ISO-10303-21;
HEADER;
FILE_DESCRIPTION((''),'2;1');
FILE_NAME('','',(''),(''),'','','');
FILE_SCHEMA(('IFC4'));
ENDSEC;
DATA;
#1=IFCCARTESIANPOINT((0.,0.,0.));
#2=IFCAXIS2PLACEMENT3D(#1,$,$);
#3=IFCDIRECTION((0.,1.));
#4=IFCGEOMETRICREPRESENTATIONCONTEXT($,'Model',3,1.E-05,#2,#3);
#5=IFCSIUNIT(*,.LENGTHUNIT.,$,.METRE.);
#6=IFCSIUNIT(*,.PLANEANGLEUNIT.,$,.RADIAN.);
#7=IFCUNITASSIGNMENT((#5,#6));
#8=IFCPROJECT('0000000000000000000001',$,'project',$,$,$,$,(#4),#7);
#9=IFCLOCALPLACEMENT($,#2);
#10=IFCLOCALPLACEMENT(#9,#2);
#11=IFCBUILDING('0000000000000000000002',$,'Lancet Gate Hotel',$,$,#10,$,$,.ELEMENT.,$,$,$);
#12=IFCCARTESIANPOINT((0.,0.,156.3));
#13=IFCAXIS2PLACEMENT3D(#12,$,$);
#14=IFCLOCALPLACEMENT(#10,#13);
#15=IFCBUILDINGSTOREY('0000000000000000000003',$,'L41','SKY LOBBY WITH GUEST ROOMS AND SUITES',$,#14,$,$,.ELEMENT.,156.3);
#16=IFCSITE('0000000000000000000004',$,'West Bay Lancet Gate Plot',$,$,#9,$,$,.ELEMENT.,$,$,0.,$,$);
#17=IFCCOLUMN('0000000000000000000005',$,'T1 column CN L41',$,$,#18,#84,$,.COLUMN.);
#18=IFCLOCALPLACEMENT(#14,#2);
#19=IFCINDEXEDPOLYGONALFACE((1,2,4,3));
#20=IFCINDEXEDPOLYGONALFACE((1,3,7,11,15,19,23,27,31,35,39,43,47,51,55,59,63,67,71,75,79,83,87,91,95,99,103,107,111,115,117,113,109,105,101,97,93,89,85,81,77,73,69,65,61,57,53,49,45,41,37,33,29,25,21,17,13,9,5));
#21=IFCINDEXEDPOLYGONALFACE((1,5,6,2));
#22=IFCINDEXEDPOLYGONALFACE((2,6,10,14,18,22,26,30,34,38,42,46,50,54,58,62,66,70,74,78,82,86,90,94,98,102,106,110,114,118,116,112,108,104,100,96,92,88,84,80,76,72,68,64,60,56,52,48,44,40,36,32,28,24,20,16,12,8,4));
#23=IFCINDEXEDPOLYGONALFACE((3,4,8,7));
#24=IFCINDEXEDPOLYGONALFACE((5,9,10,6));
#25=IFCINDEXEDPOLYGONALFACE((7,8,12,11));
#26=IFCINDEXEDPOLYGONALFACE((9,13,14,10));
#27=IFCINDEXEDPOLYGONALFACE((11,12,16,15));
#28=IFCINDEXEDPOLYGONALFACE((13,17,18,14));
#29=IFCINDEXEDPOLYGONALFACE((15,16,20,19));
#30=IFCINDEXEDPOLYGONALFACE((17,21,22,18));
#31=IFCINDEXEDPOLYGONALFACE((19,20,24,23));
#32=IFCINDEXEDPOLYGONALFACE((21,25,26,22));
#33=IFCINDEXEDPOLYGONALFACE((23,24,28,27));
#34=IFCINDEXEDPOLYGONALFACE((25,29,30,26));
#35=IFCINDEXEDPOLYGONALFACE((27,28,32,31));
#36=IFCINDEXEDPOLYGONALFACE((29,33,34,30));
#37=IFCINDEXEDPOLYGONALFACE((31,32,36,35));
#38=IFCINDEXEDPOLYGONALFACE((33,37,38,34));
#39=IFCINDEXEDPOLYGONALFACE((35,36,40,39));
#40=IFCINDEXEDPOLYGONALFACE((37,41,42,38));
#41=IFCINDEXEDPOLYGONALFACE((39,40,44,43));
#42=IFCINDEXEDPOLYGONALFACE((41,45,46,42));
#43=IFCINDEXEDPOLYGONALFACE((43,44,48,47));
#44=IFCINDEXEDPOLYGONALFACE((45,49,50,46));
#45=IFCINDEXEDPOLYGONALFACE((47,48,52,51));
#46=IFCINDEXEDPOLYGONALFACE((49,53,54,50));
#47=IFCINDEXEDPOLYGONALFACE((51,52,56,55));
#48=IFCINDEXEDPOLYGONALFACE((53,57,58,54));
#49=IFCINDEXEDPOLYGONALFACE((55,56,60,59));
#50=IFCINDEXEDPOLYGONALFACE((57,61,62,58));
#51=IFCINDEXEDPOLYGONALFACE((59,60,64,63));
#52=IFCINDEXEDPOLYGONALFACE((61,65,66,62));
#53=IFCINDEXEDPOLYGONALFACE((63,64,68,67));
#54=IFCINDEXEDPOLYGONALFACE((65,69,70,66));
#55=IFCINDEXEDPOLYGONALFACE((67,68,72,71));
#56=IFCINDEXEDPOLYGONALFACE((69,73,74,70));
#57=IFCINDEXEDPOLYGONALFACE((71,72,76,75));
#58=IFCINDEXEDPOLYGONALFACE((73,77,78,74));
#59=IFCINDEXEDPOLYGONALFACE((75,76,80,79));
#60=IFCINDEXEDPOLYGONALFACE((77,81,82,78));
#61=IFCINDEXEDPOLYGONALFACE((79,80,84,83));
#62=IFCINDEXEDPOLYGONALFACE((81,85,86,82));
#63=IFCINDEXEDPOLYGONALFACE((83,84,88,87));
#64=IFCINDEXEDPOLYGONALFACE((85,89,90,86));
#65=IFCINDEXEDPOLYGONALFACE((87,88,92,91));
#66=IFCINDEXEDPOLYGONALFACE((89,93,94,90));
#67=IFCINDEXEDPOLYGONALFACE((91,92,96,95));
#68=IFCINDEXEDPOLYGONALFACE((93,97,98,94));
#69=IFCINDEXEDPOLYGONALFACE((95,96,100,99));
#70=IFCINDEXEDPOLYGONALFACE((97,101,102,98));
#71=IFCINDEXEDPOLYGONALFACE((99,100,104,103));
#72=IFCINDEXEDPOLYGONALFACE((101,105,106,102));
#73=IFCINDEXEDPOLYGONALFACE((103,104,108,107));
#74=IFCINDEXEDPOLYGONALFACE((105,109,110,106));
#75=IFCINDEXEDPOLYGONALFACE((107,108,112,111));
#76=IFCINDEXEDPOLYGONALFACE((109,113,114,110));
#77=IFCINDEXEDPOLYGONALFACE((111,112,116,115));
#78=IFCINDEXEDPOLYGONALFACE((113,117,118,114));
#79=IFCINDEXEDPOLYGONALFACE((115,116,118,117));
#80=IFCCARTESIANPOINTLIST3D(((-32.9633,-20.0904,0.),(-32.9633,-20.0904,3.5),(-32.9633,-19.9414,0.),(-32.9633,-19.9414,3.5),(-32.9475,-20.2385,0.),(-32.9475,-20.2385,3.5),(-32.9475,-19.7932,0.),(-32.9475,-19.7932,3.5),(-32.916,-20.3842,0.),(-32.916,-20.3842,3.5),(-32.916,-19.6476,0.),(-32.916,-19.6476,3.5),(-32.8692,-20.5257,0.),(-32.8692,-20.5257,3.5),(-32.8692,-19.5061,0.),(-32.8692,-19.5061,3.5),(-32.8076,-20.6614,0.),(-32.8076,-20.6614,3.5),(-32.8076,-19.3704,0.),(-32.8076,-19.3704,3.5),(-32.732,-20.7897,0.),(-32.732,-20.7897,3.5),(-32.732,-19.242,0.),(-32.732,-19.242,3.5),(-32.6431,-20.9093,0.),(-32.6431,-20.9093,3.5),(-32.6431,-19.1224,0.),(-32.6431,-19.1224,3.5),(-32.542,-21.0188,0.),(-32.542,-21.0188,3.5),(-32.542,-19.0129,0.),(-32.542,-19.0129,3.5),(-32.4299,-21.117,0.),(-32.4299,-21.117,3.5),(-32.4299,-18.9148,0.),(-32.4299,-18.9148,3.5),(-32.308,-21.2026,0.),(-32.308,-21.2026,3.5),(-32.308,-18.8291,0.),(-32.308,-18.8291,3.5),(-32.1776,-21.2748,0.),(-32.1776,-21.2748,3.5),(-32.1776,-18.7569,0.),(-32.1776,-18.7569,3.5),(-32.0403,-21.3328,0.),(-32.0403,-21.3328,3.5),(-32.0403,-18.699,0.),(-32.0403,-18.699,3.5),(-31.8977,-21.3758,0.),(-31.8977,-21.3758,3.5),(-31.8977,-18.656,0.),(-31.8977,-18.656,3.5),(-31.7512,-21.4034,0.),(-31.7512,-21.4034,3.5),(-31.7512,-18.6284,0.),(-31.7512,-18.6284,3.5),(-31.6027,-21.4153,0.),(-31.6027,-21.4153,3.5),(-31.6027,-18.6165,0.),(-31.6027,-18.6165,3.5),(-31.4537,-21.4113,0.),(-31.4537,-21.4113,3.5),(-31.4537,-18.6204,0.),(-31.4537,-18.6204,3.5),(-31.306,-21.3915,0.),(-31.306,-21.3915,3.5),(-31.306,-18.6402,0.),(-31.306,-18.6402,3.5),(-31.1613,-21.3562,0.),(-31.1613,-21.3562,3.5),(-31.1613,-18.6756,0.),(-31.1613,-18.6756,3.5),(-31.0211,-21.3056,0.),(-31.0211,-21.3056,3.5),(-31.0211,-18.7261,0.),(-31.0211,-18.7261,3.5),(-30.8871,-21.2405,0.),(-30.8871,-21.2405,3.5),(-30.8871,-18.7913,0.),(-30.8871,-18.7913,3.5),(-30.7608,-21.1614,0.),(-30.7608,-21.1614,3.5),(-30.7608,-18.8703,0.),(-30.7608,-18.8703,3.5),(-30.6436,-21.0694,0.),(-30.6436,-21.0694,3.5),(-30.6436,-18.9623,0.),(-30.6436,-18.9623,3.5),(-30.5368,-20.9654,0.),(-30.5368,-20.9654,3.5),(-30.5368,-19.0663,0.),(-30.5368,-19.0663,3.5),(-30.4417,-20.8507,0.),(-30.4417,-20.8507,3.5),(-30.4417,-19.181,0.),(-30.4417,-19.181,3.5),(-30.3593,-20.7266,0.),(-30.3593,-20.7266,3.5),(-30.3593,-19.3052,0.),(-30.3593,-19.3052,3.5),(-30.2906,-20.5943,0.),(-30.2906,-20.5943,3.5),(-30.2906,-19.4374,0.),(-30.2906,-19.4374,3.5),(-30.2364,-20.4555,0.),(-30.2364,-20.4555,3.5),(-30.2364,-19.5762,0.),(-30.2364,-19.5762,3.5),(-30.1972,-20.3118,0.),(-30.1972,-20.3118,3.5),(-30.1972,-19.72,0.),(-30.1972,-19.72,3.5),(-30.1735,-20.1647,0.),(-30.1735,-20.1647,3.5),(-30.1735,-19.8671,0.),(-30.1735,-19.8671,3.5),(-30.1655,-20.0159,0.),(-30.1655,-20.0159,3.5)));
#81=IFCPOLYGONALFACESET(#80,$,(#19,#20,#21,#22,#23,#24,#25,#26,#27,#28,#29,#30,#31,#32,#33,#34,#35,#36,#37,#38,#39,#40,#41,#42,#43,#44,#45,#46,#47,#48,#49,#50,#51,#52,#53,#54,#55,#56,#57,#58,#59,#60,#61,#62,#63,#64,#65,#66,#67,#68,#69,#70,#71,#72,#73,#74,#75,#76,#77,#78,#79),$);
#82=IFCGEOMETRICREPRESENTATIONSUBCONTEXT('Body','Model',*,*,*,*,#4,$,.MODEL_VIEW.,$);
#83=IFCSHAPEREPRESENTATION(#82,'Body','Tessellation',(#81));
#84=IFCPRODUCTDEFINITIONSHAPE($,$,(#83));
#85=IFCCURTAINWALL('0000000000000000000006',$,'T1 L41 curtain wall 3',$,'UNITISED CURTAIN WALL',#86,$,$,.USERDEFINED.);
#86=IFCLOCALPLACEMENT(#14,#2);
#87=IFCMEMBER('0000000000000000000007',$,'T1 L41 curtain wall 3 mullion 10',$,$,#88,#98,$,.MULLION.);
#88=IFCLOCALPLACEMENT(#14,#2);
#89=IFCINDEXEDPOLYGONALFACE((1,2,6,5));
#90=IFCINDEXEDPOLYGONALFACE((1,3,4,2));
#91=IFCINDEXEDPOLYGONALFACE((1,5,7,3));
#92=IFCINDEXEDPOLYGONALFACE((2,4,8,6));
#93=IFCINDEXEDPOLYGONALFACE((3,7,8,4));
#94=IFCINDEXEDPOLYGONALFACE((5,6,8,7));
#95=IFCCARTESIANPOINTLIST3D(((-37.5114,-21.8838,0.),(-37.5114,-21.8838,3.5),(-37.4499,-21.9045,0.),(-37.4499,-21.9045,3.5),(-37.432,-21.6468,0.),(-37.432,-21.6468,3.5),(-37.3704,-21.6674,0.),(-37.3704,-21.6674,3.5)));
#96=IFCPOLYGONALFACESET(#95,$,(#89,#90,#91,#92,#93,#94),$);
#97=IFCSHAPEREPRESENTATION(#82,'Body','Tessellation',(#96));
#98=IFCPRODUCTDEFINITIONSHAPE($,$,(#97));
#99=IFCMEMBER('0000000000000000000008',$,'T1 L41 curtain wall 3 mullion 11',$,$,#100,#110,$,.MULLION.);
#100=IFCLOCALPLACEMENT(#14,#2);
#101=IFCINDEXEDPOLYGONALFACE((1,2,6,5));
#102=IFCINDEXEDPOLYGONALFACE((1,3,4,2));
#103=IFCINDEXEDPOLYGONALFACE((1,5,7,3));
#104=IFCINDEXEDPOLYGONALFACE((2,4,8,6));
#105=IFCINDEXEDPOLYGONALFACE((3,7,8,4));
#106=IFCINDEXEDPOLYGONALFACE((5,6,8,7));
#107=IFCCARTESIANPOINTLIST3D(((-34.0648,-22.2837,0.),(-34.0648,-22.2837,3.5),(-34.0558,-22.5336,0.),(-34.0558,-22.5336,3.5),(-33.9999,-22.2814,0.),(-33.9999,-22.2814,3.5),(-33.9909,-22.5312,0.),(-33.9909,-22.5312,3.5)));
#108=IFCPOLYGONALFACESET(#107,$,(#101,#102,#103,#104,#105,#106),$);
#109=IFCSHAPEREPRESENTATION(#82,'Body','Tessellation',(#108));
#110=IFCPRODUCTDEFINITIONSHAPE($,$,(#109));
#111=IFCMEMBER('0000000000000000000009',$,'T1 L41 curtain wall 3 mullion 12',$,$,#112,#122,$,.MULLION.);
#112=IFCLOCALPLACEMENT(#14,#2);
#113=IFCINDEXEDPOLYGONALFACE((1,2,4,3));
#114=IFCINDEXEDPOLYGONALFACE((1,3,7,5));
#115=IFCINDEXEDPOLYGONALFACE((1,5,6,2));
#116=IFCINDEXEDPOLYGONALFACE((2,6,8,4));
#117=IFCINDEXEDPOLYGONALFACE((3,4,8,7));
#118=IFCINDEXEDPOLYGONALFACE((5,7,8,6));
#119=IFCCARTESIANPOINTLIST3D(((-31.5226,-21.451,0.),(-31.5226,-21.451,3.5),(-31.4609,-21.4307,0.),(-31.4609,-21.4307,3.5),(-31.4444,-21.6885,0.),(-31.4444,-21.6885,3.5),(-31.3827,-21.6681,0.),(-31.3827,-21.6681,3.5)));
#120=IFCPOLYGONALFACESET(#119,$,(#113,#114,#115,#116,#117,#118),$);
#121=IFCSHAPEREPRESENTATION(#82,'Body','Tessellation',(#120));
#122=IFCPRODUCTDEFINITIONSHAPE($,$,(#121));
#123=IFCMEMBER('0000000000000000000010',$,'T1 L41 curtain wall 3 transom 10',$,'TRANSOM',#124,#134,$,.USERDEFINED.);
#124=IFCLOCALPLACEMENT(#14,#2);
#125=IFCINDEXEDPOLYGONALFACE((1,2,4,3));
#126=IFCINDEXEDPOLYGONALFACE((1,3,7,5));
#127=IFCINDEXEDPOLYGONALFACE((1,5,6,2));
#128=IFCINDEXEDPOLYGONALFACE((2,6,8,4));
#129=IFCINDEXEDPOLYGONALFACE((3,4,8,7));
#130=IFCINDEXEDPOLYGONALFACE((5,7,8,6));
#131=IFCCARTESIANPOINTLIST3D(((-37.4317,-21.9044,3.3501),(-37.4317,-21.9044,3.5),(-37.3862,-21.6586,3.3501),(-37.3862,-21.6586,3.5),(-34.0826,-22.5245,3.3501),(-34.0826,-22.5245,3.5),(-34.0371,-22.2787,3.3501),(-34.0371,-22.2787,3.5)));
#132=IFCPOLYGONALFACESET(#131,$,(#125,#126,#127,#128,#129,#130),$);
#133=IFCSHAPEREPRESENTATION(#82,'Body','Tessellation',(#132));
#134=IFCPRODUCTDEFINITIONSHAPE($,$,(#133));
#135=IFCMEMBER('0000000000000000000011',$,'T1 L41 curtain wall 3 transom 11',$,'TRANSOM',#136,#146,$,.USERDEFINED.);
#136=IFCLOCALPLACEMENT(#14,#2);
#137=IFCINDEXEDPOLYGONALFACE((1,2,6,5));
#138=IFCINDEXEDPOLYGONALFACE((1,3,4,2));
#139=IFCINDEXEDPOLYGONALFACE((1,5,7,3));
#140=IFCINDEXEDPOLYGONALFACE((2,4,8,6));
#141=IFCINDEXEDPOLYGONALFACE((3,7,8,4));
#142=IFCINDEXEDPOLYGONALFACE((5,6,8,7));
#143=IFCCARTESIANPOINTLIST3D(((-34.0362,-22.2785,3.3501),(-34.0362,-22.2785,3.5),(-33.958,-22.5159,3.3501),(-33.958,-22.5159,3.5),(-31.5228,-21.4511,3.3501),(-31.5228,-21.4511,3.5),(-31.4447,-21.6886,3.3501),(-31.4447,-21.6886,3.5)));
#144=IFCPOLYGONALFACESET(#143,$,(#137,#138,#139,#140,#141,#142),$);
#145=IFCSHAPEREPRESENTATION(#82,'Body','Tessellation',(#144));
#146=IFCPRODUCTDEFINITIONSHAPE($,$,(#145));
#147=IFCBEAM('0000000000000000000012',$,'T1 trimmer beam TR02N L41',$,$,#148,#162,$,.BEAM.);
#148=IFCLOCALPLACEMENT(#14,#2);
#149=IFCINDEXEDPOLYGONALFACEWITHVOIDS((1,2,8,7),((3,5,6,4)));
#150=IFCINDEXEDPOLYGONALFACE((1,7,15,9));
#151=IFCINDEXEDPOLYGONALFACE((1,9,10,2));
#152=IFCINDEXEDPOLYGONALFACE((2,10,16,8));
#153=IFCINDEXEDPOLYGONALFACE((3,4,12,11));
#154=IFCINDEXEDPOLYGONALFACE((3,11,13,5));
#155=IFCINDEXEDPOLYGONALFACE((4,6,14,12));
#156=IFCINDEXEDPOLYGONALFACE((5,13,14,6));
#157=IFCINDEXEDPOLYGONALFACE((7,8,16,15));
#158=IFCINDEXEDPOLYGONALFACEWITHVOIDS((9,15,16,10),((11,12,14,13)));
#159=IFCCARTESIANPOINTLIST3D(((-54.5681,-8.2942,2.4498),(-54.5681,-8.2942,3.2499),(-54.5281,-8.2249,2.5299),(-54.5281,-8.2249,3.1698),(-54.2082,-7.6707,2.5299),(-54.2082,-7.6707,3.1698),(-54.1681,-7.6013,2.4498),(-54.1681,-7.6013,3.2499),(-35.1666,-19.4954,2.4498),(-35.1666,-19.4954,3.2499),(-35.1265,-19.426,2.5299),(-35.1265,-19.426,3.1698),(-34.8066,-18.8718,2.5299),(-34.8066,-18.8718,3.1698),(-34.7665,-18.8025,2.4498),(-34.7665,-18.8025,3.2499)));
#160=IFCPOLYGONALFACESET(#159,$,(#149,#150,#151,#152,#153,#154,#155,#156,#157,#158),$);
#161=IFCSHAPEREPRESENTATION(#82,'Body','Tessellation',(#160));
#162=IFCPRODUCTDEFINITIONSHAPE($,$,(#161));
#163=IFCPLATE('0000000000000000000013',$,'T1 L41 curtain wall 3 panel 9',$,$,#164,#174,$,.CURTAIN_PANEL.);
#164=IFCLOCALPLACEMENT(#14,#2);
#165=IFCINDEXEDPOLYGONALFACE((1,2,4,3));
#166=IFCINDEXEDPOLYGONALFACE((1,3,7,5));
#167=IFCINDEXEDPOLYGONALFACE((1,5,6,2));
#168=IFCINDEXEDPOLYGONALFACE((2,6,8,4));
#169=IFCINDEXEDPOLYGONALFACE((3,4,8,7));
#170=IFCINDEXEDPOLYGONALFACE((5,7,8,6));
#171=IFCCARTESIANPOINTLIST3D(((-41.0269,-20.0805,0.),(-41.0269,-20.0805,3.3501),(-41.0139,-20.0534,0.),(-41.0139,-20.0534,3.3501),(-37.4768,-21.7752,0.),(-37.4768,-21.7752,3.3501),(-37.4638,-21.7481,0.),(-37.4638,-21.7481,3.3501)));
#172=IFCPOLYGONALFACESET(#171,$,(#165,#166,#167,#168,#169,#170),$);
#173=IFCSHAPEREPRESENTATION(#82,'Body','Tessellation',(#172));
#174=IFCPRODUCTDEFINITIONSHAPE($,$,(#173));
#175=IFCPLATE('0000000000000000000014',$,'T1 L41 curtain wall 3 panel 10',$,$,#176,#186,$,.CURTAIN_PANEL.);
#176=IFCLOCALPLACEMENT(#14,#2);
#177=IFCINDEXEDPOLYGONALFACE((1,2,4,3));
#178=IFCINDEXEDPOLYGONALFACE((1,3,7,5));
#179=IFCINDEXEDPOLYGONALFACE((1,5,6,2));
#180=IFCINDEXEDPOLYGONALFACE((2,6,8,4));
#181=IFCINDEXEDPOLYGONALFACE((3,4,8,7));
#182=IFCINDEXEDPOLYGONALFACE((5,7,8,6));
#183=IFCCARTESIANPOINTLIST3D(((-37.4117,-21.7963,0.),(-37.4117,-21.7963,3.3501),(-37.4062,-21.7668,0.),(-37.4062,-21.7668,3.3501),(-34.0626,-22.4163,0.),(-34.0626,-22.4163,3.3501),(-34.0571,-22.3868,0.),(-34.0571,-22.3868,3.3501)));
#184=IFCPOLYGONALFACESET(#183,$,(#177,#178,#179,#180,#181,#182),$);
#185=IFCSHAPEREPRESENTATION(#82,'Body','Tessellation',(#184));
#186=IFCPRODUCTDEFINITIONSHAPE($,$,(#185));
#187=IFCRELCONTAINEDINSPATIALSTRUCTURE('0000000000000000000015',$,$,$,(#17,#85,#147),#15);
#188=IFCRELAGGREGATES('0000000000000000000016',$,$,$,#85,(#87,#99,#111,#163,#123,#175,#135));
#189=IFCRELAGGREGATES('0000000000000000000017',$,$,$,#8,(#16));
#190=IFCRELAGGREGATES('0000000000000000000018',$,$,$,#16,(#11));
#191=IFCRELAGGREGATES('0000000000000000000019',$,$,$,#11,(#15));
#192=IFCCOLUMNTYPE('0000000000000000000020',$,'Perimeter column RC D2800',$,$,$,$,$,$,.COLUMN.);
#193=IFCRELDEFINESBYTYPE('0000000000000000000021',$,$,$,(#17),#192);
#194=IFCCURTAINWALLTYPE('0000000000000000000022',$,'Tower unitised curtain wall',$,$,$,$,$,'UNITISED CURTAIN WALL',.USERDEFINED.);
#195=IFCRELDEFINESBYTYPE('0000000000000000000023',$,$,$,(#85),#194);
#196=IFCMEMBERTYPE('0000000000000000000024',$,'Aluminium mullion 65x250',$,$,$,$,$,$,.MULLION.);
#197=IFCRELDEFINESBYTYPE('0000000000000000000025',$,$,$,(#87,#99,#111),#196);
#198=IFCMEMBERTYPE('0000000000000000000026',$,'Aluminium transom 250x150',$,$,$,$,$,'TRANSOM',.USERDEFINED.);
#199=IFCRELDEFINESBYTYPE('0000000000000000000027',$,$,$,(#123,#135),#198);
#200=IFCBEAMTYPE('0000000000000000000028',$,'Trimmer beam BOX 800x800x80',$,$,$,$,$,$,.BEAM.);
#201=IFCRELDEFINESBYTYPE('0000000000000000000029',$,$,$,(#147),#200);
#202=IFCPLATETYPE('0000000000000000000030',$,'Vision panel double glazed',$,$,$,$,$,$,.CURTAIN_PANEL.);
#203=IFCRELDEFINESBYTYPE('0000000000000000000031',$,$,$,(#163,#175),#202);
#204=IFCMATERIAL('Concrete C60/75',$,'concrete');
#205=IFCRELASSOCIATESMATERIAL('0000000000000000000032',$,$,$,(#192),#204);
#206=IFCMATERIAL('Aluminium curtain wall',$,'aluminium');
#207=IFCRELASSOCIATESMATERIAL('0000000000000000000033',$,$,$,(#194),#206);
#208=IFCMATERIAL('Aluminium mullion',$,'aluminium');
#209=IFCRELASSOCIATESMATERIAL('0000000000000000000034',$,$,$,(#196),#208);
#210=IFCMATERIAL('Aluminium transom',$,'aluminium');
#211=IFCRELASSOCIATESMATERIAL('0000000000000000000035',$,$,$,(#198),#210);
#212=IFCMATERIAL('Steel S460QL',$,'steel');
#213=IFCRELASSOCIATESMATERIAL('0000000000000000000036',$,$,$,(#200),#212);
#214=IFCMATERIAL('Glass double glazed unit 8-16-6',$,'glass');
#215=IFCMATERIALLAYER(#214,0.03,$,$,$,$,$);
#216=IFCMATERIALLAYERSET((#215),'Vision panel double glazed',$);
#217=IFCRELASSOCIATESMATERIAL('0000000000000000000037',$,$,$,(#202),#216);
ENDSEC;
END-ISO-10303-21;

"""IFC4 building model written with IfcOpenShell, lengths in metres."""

from ifc_helpers import new_model, si_unit, direction, frame, origin, origin_2d, place, context, subcontext, project, spatial, rectangle, hollow_rectangle, circle, extrude, material, layer, layer_set, material_profile, profile_set, type_object, element, aggregate, save


model = new_model("IFC4")

# Units and contexts
model_context = context("Model", 3, precision=1e-05, world=origin(), true_north=direction((0.0, 1.0)))
body_context = subcontext(model_context, "Body", "Model", "MODEL_VIEW")
ifc_project = project(units=[si_unit("LENGTHUNIT", "METRE"), si_unit("PLANEANGLEUNIT", "RADIAN")], contexts=[model_context])

# Site, building, storey
site_placement = place(None, origin())
site = spatial("IfcSite", under=ifc_project, at=site_placement, Name="West Bay Lancet Gate Plot", CompositionType="ELEMENT", RefElevation=0.0)
building_placement = place(site_placement, origin())
building = spatial("IfcBuilding", under=site, at=building_placement, Name="Lancet Gate Hotel", CompositionType="ELEMENT")
storey_placement = place(building_placement, frame((0.0, 0.0, 156.3)))
storey = spatial("IfcBuildingStorey", under=building, at=storey_placement, Name="L41", Description="SKY LOBBY WITH GUEST ROOMS AND SUITES", CompositionType="ELEMENT", Elevation=156.3)

# Column
ifc_material_1 = material(Name="Concrete C60/75", Category="concrete")
ifc_material_profile_1 = material_profile(ifc_material_1, circle(Radius=1.3999, at=origin_2d()), Name="RC D2800")
ifc_profile_set_1 = profile_set([ifc_material_profile_1], Name="Concrete C60/75")
column_type = type_object("IfcColumnType", Name="Perimeter column RC D2800", PredefinedType="COLUMN", material=ifc_profile_set_1)
column_placement = place(storey_placement, frame((-31.5654, -20.0159, 0.0), z_axis=(0.0, 0.0, 1.0), x_axis=(1.0, 0.0, 0.0)))
element("IfcColumn", 1, at=column_placement, inside=storey, type_object=column_type, Name="T1 column CN L41", PredefinedType="COLUMN", context=body_context, shape_type="SweptSolid", body=[
    extrude(circle(Radius=1.3999, at=origin_2d()), origin(), (0.0, 0.0, 1.0), 3.5),
])

# Curtain wall, members
ifc_material_2 = material(Name="Aluminium curtain wall", Category="aluminium")
curtain_wall_type = type_object("IfcCurtainWallType", Name="Tower unitised curtain wall", ElementType="UNITISED CURTAIN WALL", PredefinedType="USERDEFINED", material=ifc_material_2)
curtain_wall_placement = place(storey_placement, origin())
curtain_wall = element("IfcCurtainWall", 2, at=curtain_wall_placement, inside=storey, type_object=curtain_wall_type, Name="T1 L41 curtain wall 3", ObjectType="UNITISED CURTAIN WALL", PredefinedType="USERDEFINED")
ifc_material_3 = material(Name="Aluminium mullion", Category="aluminium")
ifc_material_profile_2 = material_profile(ifc_material_3, rectangle(XDim=0.0649, YDim=0.25, at=origin_2d()), Name="MULLION 65x250")
ifc_profile_set_2 = profile_set([ifc_material_profile_2], Name="Aluminium mullion")
member_type_1 = type_object("IfcMemberType", Name="Aluminium mullion 65x250", PredefinedType="MULLION", material=ifc_profile_set_2)
member_1_placement = place(storey_placement, frame((-37.4409, -21.7756, 0.0), z_axis=(0.0, 0.0, 1.0), x_axis=(0.948119, -0.317915, 0.0)))
member_1 = element("IfcMember", 3, at=member_1_placement, type_object=member_type_1, Name="T1 L41 curtain wall 3 mullion 10", PredefinedType="MULLION", context=body_context, shape_type="SweptSolid", body=[
    extrude(rectangle(XDim=0.0649, YDim=0.25, at=origin_2d()), origin(), (0.0, 0.0, 1.0), 3.5),
])
member_2_placement = place(storey_placement, frame((-34.0278, -22.4075, 0.0), z_axis=(0.0, 0.0, 1.0), x_axis=(0.99935, 0.036037, 0.0)))
member_2 = element("IfcMember", 4, at=member_2_placement, type_object=member_type_1, Name="T1 L41 curtain wall 3 mullion 11", PredefinedType="MULLION", context=body_context, shape_type="SweptSolid", body=[
    extrude(rectangle(XDim=0.0649, YDim=0.25, at=origin_2d()), origin(), (0.0, 0.0, 1.0), 3.5),
])
member_3_placement = place(storey_placement, frame((-31.4526, -21.5596, 0.0), z_axis=(0.0, 0.0, 1.0), x_axis=(0.949848, 0.312712, 0.0)))
member_3 = element("IfcMember", 5, at=member_3_placement, type_object=member_type_1, Name="T1 L41 curtain wall 3 mullion 12", PredefinedType="MULLION", context=body_context, shape_type="SweptSolid", body=[
    extrude(rectangle(XDim=0.0649, YDim=0.25, at=origin_2d()), origin(), (0.0, 0.0, 1.0), 3.5),
])
ifc_material_4 = material(Name="Aluminium transom", Category="aluminium")
ifc_material_profile_3 = material_profile(ifc_material_4, rectangle(XDim=0.25, YDim=0.1499, at=origin_2d()), Name="TRANSOM 250x150")
ifc_profile_set_3 = profile_set([ifc_material_profile_3], Name="Aluminium transom")
member_type_2 = type_object("IfcMemberType", Name="Aluminium transom 250x150", ElementType="TRANSOM", PredefinedType="USERDEFINED", material=ifc_profile_set_3)
member_4_placement = place(storey_placement, frame((-37.4089, -21.7815, 3.425), z_axis=(0.983287, -0.182064, 0.0), x_axis=(0.182064, 0.983287, 0.0)))
member_4 = element("IfcMember", 6, at=member_4_placement, type_object=member_type_2, Name="T1 L41 curtain wall 3 transom 10", ObjectType="TRANSOM", PredefinedType="USERDEFINED", context=body_context, shape_type="SweptSolid", body=[
    extrude(rectangle(XDim=0.25, YDim=0.1499, at=origin_2d()), origin(), (0.0, 0.0, 1.0), 3.406),
])
member_5_placement = place(storey_placement, frame((-33.9971, -22.3972, 3.425), z_axis=(0.949858, 0.312683, 0.0), x_axis=(-0.312683, 0.949858, 0.0)))
member_5 = element("IfcMember", 7, at=member_5_placement, type_object=member_type_2, Name="T1 L41 curtain wall 3 transom 11", ObjectType="TRANSOM", PredefinedType="USERDEFINED", context=body_context, shape_type="SweptSolid", body=[
    extrude(rectangle(XDim=0.25, YDim=0.1499, at=origin_2d()), origin(), (0.0, 0.0, 1.0), 2.646),
])

# Beam
ifc_material_5 = material(Name="Steel S460QL", Category="steel")
ifc_material_profile_4 = material_profile(ifc_material_5, hollow_rectangle(XDim=0.8, YDim=0.8, WallThickness=0.0801, at=origin_2d()), Name="BOX 800x800x80")
ifc_profile_set_4 = profile_set([ifc_material_profile_4], Name="Steel S460QL")
beam_type = type_object("IfcBeamType", Name="Trimmer beam BOX 800x800x80", PredefinedType="BEAM", material=ifc_profile_set_4)
beam_placement = place(storey_placement, frame((-34.9666, -19.1489, 2.8499), z_axis=(-0.866032, 0.499988, 0.0), x_axis=(-0.499988, -0.866032, 0.0)))
element("IfcBeam", 8, at=beam_placement, inside=storey, type_object=beam_type, Name="T1 trimmer beam TR02N L41", PredefinedType="BEAM", context=body_context, shape_type="SweptSolid", body=[
    extrude(hollow_rectangle(XDim=0.8, YDim=0.8, WallThickness=0.0801, at=origin_2d()), origin(), (0.0, 0.0, 1.0), 22.4028),
])

# Plates
ifc_material_6 = material(Name="Glass double glazed unit 8-16-6", Category="glass")
ifc_layer_1 = layer(ifc_material_6, 0.03)
ifc_layer_set_1 = layer_set([ifc_layer_1], Name="Vision panel double glazed")
plate_type = type_object("IfcPlateType", Name="Vision panel double glazed", PredefinedType="CURTAIN_PANEL", material=ifc_layer_set_1)
plate_1_placement = place(storey_placement, frame((-39.2454, -20.9143, 0.0), z_axis=(0.0, 0.0, 1.0), x_axis=(0.902454, -0.430787, 0.0)))
plate_1 = element("IfcPlate", 9, at=plate_1_placement, type_object=plate_type, Name="T1 L41 curtain wall 3 panel 9", PredefinedType="CURTAIN_PANEL", context=body_context, shape_type="SweptSolid", body=[
    extrude(rectangle(XDim=3.9338, YDim=0.03, at=origin_2d()), origin(), (0.0, 0.0, 1.0), 3.3501),
])
plate_2_placement = place(storey_placement, frame((-35.7344, -22.0916, 0.0), z_axis=(0.0, 0.0, 1.0), x_axis=(0.983292, -0.182033, 0.0)))
plate_2 = element("IfcPlate", 10, at=plate_2_placement, type_object=plate_type, Name="T1 L41 curtain wall 3 panel 10", PredefinedType="CURTAIN_PANEL", context=body_context, shape_type="SweptSolid", body=[
    extrude(rectangle(XDim=3.406, YDim=0.03, at=origin_2d()), origin(), (0.0, 0.0, 1.0), 3.3501),
])
aggregate(curtain_wall, [member_1, member_2, member_3, plate_1, member_4, plate_2, member_5])

save(model, "model.ifc")
